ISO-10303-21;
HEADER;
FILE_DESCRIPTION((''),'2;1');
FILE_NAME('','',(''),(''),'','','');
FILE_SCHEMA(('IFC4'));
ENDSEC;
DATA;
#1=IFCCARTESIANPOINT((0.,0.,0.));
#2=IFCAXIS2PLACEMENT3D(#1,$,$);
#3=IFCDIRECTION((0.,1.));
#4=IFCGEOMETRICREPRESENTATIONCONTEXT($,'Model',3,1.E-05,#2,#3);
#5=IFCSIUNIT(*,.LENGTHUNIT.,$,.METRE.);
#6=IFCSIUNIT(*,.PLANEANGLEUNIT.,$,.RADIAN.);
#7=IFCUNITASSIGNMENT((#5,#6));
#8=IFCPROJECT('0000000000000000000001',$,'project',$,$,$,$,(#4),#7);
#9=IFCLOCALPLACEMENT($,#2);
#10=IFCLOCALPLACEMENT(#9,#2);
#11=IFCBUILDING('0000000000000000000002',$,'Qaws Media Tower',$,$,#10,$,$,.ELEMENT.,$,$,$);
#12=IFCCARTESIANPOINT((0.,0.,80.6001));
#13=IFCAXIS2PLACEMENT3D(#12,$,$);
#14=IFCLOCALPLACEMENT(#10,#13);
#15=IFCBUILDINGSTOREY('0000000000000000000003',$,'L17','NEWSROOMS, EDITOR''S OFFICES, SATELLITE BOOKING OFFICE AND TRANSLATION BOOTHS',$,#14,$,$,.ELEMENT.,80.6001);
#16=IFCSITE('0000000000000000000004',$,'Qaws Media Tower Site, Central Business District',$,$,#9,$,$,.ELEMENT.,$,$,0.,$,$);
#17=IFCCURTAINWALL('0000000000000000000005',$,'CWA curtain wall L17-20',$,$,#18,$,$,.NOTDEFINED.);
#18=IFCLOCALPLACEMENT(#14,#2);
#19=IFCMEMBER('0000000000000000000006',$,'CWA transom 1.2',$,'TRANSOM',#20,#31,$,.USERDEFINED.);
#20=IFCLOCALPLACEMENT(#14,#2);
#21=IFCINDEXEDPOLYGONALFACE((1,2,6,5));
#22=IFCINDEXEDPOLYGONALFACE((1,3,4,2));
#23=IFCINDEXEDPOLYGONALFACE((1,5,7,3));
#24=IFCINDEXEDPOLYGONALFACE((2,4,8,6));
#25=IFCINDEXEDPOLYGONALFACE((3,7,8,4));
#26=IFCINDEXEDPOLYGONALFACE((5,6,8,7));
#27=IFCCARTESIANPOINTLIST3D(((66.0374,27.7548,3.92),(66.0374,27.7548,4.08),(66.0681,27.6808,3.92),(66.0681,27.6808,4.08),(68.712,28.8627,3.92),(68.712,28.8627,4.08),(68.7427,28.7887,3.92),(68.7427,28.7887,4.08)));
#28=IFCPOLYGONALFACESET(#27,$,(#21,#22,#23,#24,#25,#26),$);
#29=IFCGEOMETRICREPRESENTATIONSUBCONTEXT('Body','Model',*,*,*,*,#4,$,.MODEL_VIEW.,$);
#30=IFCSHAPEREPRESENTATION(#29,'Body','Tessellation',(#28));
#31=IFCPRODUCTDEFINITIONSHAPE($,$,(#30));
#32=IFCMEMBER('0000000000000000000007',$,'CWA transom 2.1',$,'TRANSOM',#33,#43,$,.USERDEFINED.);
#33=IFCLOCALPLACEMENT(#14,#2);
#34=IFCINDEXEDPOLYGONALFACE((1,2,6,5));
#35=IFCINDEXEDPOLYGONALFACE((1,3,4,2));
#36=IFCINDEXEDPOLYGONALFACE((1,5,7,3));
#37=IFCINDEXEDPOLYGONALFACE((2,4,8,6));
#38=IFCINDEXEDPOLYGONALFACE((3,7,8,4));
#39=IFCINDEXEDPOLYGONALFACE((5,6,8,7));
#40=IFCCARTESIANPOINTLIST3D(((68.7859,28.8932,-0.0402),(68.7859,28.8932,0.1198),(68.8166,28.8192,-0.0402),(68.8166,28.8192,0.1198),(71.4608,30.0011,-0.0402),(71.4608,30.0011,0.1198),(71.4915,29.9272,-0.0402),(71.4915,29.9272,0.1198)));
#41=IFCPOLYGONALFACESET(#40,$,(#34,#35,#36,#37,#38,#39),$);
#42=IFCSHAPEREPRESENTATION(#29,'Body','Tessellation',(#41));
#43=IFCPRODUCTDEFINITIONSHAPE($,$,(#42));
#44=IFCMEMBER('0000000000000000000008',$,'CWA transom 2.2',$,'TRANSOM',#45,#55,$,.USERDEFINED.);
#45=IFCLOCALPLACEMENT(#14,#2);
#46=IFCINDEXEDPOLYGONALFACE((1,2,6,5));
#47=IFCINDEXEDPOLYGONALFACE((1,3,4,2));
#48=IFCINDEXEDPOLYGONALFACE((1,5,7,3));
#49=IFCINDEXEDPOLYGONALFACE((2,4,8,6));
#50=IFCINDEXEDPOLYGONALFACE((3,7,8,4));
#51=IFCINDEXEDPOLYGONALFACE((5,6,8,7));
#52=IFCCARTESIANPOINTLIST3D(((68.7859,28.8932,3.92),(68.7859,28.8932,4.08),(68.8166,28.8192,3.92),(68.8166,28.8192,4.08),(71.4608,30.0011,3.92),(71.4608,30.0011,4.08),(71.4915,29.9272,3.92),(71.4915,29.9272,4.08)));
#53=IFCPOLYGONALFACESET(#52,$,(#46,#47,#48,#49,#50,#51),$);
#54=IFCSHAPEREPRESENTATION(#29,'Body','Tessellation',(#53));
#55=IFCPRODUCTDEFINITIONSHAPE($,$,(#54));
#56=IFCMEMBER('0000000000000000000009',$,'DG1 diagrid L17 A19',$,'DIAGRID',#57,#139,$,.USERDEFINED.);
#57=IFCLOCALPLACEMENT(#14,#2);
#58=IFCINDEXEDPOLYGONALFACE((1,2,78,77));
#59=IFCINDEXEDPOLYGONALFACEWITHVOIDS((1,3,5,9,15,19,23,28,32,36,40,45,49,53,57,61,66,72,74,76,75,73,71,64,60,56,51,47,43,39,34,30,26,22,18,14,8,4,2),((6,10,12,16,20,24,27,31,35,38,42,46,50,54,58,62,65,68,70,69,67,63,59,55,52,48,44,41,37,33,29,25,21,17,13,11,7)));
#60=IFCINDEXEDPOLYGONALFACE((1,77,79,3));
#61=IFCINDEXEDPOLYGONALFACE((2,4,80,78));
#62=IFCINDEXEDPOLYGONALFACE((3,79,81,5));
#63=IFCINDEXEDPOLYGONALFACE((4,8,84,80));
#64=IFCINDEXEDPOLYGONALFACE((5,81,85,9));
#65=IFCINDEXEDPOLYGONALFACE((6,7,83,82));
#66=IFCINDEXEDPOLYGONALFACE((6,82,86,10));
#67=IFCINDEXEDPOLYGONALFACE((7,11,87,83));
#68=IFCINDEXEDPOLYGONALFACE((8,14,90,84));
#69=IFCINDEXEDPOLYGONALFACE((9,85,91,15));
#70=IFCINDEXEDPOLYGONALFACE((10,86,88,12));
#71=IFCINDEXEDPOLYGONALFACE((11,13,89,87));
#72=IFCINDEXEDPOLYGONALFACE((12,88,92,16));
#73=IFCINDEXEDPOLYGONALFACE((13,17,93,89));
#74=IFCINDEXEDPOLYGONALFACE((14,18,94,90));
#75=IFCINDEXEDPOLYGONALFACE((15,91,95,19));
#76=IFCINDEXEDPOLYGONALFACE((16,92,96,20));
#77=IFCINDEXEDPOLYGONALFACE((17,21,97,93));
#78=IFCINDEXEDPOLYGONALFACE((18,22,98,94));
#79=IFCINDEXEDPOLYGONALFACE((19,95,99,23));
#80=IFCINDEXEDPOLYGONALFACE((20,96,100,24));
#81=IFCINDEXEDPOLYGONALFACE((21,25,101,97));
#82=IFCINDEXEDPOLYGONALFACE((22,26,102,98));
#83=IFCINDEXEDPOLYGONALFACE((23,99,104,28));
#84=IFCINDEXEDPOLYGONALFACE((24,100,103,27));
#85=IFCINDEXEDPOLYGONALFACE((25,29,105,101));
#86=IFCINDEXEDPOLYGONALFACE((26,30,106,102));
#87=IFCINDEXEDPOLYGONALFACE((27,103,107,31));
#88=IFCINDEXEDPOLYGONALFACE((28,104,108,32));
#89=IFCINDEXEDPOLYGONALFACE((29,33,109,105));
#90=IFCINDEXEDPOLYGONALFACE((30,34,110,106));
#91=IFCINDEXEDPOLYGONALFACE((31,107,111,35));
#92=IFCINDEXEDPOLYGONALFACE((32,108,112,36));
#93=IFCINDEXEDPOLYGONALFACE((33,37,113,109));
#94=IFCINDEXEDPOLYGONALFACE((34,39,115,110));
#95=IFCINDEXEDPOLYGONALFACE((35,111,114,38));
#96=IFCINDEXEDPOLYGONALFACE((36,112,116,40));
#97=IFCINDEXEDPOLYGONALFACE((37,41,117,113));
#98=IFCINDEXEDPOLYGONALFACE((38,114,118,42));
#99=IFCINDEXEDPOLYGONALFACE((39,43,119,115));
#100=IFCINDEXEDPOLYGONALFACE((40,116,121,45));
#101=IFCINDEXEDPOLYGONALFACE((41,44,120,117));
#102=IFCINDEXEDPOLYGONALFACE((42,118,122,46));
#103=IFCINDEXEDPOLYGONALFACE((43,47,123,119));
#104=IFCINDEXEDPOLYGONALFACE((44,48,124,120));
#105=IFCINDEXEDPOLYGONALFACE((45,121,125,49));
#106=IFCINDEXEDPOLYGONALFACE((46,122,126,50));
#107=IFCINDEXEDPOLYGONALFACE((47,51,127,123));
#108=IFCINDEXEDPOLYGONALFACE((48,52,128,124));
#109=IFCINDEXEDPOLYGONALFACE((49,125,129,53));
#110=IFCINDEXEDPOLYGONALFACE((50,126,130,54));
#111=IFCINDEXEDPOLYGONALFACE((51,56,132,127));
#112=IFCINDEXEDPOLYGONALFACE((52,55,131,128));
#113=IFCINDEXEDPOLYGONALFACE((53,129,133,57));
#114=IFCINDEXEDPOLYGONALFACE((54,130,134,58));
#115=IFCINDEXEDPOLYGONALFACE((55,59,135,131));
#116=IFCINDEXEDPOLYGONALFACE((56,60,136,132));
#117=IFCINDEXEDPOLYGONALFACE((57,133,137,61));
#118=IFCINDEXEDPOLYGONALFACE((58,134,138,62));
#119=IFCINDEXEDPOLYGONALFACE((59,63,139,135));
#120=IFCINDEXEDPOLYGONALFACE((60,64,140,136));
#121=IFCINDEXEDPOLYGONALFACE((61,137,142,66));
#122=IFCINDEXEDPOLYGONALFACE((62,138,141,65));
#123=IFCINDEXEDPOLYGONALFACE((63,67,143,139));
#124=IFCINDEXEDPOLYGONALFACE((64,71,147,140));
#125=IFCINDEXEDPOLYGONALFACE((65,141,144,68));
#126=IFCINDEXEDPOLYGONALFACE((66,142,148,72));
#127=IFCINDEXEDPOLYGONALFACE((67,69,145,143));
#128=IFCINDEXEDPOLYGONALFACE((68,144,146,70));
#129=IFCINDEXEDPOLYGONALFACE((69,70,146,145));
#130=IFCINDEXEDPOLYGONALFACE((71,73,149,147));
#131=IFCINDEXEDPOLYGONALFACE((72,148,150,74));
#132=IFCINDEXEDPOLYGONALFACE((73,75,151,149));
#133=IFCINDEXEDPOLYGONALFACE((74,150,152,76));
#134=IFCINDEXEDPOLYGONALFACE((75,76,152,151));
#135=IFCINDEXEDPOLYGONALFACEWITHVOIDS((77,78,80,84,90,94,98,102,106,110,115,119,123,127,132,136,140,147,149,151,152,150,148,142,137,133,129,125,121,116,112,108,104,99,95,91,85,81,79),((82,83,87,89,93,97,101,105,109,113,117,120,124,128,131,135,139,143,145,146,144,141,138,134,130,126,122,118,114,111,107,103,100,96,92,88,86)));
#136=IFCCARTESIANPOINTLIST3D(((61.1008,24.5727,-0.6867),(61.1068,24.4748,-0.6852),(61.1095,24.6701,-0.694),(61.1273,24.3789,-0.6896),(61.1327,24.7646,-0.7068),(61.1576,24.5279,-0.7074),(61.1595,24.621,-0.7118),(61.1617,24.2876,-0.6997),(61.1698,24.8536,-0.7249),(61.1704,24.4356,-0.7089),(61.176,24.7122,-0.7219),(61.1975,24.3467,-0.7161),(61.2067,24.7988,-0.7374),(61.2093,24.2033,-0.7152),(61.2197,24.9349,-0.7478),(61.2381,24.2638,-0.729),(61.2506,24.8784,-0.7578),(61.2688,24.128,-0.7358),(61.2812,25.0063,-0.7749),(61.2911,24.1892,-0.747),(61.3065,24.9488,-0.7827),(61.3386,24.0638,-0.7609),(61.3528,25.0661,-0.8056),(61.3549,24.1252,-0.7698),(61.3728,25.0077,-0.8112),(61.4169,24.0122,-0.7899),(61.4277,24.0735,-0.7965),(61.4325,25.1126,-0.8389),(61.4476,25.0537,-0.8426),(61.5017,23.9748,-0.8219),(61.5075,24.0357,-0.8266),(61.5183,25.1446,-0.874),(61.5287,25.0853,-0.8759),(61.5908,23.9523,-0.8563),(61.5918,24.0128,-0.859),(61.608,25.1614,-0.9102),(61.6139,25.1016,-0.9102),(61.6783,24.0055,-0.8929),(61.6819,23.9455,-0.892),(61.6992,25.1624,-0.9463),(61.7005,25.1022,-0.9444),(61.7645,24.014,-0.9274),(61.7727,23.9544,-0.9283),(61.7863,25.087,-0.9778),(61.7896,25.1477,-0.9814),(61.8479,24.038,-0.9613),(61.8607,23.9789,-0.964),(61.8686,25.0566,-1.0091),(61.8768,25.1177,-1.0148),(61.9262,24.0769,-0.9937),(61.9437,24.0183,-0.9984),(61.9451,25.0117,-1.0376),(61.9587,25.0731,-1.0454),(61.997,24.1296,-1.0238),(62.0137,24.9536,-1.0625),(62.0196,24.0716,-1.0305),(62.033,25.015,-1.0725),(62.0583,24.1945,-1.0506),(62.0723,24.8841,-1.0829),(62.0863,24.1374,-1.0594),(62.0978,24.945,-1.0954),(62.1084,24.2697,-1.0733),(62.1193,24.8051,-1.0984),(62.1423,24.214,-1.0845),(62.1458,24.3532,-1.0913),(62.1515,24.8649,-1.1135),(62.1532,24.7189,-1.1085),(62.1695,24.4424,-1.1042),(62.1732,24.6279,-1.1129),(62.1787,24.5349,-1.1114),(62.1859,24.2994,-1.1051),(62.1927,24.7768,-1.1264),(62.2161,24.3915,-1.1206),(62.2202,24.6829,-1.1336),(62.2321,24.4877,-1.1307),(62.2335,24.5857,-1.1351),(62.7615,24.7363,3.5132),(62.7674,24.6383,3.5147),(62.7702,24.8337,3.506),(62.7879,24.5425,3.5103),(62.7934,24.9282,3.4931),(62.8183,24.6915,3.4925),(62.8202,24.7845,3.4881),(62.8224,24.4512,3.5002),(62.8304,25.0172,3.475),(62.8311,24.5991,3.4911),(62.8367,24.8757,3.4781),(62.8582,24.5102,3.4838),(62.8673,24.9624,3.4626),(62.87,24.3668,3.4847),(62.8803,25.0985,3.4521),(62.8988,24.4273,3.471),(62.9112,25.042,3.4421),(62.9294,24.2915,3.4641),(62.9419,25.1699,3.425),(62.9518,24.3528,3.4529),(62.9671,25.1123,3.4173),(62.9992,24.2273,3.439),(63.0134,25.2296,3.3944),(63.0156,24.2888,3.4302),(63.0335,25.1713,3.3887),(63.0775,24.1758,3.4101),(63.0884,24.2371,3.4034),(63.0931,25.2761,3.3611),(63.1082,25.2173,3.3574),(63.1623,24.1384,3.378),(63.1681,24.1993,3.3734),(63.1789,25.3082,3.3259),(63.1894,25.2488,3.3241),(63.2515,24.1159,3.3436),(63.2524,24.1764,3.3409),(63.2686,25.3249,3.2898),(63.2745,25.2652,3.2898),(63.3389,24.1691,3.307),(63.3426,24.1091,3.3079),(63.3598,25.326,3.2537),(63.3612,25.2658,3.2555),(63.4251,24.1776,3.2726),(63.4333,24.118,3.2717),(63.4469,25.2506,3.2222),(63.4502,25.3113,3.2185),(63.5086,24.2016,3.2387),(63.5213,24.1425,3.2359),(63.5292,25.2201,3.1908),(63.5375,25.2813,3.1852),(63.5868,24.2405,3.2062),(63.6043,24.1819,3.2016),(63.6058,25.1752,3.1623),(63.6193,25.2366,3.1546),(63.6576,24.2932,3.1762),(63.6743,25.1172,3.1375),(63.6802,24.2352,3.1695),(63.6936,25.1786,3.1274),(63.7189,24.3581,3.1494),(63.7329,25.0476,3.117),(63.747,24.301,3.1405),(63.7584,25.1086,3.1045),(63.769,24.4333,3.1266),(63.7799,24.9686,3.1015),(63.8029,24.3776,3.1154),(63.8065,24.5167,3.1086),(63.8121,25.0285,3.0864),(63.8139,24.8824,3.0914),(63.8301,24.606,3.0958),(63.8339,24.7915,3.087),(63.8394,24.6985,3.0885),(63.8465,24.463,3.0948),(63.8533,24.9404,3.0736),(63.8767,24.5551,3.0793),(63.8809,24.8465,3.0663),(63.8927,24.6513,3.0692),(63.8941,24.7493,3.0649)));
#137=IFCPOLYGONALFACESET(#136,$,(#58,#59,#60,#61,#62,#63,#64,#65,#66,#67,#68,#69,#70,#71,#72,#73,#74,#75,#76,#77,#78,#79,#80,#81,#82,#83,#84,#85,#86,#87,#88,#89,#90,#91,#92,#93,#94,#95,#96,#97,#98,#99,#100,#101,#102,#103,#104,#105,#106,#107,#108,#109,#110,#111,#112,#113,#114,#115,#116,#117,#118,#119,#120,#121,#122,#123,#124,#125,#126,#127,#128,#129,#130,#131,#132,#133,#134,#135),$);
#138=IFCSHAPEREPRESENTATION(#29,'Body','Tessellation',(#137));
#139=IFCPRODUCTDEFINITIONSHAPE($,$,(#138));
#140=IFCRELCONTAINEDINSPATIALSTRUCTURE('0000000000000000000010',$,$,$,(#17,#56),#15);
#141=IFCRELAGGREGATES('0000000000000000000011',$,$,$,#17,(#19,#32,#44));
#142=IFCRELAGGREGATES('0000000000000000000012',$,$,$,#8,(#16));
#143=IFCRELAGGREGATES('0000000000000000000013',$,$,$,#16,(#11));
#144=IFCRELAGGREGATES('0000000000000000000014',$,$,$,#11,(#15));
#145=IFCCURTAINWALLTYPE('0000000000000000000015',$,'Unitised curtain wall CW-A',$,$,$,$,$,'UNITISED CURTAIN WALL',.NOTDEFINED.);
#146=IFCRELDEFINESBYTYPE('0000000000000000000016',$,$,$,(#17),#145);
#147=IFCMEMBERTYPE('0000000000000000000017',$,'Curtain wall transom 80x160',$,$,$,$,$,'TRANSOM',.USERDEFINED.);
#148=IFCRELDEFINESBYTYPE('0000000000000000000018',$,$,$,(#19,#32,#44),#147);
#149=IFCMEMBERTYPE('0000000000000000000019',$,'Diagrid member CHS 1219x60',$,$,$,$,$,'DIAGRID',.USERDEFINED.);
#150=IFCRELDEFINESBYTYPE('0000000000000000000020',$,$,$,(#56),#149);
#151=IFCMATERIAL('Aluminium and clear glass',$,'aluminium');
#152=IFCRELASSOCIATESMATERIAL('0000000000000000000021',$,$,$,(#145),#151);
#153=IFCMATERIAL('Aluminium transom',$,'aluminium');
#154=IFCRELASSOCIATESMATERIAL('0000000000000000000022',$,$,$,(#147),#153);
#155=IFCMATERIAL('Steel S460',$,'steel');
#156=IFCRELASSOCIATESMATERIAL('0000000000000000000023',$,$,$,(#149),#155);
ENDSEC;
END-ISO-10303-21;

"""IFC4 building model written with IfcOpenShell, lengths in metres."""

from ifc_helpers import new_model, si_unit, direction, frame, origin, origin_2d, place, context, subcontext, project, spatial, rectangle, hollow_circle, extrude, material, material_profile, profile_set, type_object, element, aggregate, save


model = new_model("IFC4")

# Units and contexts
model_context = context("Model", 3, precision=1e-05, world=origin(), true_north=direction((0.0, 1.0)))
body_context = subcontext(model_context, "Body", "Model", "MODEL_VIEW")
ifc_project = project(units=[si_unit("LENGTHUNIT", "METRE"), si_unit("PLANEANGLEUNIT", "RADIAN")], contexts=[model_context])

# Site, building, storey
site_placement = place(None, origin())
site = spatial("IfcSite", under=ifc_project, at=site_placement, Name="Qaws Media Tower Site, Central Business District", CompositionType="ELEMENT", RefElevation=0.0)
building_placement = place(site_placement, origin())
building = spatial("IfcBuilding", under=site, at=building_placement, Name="Qaws Media Tower", CompositionType="ELEMENT")
storey_placement = place(building_placement, frame((0.0, 0.0, 80.6001)))
storey = spatial("IfcBuildingStorey", under=building, at=storey_placement, Name="L17", Description="NEWSROOMS, EDITOR'S OFFICES, SATELLITE BOOKING OFFICE AND TRANSLATION BOOTHS", CompositionType="ELEMENT", Elevation=80.6001)

# Curtain wall
ifc_material_1 = material(Name="Aluminium and clear glass", Category="aluminium")
curtain_wall_type = type_object("IfcCurtainWallType", Name="Unitised curtain wall CW-A", ElementType="UNITISED CURTAIN WALL", PredefinedType="NOTDEFINED", material=ifc_material_1)
curtain_wall_1_placement = place(storey_placement, origin())
curtain_wall_1 = element("IfcCurtainWall", 1, at=curtain_wall_1_placement, inside=storey, type_object=curtain_wall_type, Name="CWA curtain wall L17-20", PredefinedType="NOTDEFINED")

# Members
ifc_material_2 = material(Name="Aluminium transom", Category="aluminium")
ifc_material_profile_1 = material_profile(ifc_material_2, rectangle(XDim=0.0801, YDim=0.1599, at=origin_2d()), Name="80x160")
ifc_profile_set_1 = profile_set([ifc_material_profile_1], Name="Aluminium transom")
member_type_1 = type_object("IfcMemberType", Name="Curtain wall transom 80x160", ElementType="TRANSOM", PredefinedType="USERDEFINED", material=ifc_profile_set_1)
member_1_placement = place(storey_placement, frame((66.0527, 27.7178, 4.0), z_axis=(0.923871, 0.382704, 0.0), x_axis=(-0.382704, 0.923871, 0.0)))
member_1 = element("IfcMember", 2, at=member_1_placement, type_object=member_type_1, Name="CWA transom 1.2", ObjectType="TRANSOM", PredefinedType="USERDEFINED", context=body_context, shape_type="SweptSolid", body=[
    extrude(rectangle(XDim=0.0801, YDim=0.1599, at=origin_2d()), origin(), (0.0, 0.0, 1.0), 2.895),
])
member_2_placement = place(storey_placement, frame((68.8013, 28.8562, 0.0398), z_axis=(0.923883, 0.382675, 0.0), x_axis=(-0.382675, 0.923883, 0.0)))
member_2 = element("IfcMember", 3, at=member_2_placement, type_object=member_type_1, Name="CWA transom 2.1", ObjectType="TRANSOM", PredefinedType="USERDEFINED", context=body_context, shape_type="SweptSolid", body=[
    extrude(rectangle(XDim=0.0801, YDim=0.1599, at=origin_2d()), origin(), (0.0, 0.0, 1.0), 2.8953),
])
member_3_placement = place(storey_placement, frame((68.8013, 28.8562, 4.0), z_axis=(0.923883, 0.382675, 0.0), x_axis=(-0.382675, 0.923883, 0.0)))
member_3 = element("IfcMember", 4, at=member_3_placement, type_object=member_type_1, Name="CWA transom 2.2", ObjectType="TRANSOM", PredefinedType="USERDEFINED", context=body_context, shape_type="SweptSolid", body=[
    extrude(rectangle(XDim=0.0801, YDim=0.1599, at=origin_2d()), origin(), (0.0, 0.0, 1.0), 2.8953),
])

# Member
ifc_material_3 = material(Name="Steel S460", Category="steel")
ifc_material_profile_2 = material_profile(ifc_material_3, hollow_circle(Radius=0.6096, WallThickness=0.0601, at=origin_2d()), Name="CHS 1219x60")
ifc_profile_set_2 = profile_set([ifc_material_profile_2], Name="Steel S460")
member_type_2 = type_object("IfcMemberType", Name="Diagrid member CHS 1219x60", ElementType="DIAGRID", PredefinedType="USERDEFINED", material=ifc_profile_set_2)
for number, where, z_axis, x_axis, name in (
    (5, (61.6677, 24.5547, -0.9102), (0.367456, 0.036195, 0.929336), (-0.098026, 0.995184, 0.0), "DG1 diagrid L17 A19"),
):
    element("IfcMember", number, at=place(storey_placement, frame(where, z_axis=z_axis, x_axis=x_axis)), inside=storey, type_object=member_type_2, Name=name, ObjectType="DIAGRID", PredefinedType="USERDEFINED", context=body_context, shape_type="SweptSolid", body=[
        extrude(hollow_circle(Radius=0.6096, WallThickness=0.0601, at=origin_2d()), origin(), (0.0, 0.0, 1.0), 4.5193),
    ])

aggregate(curtain_wall_1, [member_1, member_2, member_3])

save(model, "model.ifc")
